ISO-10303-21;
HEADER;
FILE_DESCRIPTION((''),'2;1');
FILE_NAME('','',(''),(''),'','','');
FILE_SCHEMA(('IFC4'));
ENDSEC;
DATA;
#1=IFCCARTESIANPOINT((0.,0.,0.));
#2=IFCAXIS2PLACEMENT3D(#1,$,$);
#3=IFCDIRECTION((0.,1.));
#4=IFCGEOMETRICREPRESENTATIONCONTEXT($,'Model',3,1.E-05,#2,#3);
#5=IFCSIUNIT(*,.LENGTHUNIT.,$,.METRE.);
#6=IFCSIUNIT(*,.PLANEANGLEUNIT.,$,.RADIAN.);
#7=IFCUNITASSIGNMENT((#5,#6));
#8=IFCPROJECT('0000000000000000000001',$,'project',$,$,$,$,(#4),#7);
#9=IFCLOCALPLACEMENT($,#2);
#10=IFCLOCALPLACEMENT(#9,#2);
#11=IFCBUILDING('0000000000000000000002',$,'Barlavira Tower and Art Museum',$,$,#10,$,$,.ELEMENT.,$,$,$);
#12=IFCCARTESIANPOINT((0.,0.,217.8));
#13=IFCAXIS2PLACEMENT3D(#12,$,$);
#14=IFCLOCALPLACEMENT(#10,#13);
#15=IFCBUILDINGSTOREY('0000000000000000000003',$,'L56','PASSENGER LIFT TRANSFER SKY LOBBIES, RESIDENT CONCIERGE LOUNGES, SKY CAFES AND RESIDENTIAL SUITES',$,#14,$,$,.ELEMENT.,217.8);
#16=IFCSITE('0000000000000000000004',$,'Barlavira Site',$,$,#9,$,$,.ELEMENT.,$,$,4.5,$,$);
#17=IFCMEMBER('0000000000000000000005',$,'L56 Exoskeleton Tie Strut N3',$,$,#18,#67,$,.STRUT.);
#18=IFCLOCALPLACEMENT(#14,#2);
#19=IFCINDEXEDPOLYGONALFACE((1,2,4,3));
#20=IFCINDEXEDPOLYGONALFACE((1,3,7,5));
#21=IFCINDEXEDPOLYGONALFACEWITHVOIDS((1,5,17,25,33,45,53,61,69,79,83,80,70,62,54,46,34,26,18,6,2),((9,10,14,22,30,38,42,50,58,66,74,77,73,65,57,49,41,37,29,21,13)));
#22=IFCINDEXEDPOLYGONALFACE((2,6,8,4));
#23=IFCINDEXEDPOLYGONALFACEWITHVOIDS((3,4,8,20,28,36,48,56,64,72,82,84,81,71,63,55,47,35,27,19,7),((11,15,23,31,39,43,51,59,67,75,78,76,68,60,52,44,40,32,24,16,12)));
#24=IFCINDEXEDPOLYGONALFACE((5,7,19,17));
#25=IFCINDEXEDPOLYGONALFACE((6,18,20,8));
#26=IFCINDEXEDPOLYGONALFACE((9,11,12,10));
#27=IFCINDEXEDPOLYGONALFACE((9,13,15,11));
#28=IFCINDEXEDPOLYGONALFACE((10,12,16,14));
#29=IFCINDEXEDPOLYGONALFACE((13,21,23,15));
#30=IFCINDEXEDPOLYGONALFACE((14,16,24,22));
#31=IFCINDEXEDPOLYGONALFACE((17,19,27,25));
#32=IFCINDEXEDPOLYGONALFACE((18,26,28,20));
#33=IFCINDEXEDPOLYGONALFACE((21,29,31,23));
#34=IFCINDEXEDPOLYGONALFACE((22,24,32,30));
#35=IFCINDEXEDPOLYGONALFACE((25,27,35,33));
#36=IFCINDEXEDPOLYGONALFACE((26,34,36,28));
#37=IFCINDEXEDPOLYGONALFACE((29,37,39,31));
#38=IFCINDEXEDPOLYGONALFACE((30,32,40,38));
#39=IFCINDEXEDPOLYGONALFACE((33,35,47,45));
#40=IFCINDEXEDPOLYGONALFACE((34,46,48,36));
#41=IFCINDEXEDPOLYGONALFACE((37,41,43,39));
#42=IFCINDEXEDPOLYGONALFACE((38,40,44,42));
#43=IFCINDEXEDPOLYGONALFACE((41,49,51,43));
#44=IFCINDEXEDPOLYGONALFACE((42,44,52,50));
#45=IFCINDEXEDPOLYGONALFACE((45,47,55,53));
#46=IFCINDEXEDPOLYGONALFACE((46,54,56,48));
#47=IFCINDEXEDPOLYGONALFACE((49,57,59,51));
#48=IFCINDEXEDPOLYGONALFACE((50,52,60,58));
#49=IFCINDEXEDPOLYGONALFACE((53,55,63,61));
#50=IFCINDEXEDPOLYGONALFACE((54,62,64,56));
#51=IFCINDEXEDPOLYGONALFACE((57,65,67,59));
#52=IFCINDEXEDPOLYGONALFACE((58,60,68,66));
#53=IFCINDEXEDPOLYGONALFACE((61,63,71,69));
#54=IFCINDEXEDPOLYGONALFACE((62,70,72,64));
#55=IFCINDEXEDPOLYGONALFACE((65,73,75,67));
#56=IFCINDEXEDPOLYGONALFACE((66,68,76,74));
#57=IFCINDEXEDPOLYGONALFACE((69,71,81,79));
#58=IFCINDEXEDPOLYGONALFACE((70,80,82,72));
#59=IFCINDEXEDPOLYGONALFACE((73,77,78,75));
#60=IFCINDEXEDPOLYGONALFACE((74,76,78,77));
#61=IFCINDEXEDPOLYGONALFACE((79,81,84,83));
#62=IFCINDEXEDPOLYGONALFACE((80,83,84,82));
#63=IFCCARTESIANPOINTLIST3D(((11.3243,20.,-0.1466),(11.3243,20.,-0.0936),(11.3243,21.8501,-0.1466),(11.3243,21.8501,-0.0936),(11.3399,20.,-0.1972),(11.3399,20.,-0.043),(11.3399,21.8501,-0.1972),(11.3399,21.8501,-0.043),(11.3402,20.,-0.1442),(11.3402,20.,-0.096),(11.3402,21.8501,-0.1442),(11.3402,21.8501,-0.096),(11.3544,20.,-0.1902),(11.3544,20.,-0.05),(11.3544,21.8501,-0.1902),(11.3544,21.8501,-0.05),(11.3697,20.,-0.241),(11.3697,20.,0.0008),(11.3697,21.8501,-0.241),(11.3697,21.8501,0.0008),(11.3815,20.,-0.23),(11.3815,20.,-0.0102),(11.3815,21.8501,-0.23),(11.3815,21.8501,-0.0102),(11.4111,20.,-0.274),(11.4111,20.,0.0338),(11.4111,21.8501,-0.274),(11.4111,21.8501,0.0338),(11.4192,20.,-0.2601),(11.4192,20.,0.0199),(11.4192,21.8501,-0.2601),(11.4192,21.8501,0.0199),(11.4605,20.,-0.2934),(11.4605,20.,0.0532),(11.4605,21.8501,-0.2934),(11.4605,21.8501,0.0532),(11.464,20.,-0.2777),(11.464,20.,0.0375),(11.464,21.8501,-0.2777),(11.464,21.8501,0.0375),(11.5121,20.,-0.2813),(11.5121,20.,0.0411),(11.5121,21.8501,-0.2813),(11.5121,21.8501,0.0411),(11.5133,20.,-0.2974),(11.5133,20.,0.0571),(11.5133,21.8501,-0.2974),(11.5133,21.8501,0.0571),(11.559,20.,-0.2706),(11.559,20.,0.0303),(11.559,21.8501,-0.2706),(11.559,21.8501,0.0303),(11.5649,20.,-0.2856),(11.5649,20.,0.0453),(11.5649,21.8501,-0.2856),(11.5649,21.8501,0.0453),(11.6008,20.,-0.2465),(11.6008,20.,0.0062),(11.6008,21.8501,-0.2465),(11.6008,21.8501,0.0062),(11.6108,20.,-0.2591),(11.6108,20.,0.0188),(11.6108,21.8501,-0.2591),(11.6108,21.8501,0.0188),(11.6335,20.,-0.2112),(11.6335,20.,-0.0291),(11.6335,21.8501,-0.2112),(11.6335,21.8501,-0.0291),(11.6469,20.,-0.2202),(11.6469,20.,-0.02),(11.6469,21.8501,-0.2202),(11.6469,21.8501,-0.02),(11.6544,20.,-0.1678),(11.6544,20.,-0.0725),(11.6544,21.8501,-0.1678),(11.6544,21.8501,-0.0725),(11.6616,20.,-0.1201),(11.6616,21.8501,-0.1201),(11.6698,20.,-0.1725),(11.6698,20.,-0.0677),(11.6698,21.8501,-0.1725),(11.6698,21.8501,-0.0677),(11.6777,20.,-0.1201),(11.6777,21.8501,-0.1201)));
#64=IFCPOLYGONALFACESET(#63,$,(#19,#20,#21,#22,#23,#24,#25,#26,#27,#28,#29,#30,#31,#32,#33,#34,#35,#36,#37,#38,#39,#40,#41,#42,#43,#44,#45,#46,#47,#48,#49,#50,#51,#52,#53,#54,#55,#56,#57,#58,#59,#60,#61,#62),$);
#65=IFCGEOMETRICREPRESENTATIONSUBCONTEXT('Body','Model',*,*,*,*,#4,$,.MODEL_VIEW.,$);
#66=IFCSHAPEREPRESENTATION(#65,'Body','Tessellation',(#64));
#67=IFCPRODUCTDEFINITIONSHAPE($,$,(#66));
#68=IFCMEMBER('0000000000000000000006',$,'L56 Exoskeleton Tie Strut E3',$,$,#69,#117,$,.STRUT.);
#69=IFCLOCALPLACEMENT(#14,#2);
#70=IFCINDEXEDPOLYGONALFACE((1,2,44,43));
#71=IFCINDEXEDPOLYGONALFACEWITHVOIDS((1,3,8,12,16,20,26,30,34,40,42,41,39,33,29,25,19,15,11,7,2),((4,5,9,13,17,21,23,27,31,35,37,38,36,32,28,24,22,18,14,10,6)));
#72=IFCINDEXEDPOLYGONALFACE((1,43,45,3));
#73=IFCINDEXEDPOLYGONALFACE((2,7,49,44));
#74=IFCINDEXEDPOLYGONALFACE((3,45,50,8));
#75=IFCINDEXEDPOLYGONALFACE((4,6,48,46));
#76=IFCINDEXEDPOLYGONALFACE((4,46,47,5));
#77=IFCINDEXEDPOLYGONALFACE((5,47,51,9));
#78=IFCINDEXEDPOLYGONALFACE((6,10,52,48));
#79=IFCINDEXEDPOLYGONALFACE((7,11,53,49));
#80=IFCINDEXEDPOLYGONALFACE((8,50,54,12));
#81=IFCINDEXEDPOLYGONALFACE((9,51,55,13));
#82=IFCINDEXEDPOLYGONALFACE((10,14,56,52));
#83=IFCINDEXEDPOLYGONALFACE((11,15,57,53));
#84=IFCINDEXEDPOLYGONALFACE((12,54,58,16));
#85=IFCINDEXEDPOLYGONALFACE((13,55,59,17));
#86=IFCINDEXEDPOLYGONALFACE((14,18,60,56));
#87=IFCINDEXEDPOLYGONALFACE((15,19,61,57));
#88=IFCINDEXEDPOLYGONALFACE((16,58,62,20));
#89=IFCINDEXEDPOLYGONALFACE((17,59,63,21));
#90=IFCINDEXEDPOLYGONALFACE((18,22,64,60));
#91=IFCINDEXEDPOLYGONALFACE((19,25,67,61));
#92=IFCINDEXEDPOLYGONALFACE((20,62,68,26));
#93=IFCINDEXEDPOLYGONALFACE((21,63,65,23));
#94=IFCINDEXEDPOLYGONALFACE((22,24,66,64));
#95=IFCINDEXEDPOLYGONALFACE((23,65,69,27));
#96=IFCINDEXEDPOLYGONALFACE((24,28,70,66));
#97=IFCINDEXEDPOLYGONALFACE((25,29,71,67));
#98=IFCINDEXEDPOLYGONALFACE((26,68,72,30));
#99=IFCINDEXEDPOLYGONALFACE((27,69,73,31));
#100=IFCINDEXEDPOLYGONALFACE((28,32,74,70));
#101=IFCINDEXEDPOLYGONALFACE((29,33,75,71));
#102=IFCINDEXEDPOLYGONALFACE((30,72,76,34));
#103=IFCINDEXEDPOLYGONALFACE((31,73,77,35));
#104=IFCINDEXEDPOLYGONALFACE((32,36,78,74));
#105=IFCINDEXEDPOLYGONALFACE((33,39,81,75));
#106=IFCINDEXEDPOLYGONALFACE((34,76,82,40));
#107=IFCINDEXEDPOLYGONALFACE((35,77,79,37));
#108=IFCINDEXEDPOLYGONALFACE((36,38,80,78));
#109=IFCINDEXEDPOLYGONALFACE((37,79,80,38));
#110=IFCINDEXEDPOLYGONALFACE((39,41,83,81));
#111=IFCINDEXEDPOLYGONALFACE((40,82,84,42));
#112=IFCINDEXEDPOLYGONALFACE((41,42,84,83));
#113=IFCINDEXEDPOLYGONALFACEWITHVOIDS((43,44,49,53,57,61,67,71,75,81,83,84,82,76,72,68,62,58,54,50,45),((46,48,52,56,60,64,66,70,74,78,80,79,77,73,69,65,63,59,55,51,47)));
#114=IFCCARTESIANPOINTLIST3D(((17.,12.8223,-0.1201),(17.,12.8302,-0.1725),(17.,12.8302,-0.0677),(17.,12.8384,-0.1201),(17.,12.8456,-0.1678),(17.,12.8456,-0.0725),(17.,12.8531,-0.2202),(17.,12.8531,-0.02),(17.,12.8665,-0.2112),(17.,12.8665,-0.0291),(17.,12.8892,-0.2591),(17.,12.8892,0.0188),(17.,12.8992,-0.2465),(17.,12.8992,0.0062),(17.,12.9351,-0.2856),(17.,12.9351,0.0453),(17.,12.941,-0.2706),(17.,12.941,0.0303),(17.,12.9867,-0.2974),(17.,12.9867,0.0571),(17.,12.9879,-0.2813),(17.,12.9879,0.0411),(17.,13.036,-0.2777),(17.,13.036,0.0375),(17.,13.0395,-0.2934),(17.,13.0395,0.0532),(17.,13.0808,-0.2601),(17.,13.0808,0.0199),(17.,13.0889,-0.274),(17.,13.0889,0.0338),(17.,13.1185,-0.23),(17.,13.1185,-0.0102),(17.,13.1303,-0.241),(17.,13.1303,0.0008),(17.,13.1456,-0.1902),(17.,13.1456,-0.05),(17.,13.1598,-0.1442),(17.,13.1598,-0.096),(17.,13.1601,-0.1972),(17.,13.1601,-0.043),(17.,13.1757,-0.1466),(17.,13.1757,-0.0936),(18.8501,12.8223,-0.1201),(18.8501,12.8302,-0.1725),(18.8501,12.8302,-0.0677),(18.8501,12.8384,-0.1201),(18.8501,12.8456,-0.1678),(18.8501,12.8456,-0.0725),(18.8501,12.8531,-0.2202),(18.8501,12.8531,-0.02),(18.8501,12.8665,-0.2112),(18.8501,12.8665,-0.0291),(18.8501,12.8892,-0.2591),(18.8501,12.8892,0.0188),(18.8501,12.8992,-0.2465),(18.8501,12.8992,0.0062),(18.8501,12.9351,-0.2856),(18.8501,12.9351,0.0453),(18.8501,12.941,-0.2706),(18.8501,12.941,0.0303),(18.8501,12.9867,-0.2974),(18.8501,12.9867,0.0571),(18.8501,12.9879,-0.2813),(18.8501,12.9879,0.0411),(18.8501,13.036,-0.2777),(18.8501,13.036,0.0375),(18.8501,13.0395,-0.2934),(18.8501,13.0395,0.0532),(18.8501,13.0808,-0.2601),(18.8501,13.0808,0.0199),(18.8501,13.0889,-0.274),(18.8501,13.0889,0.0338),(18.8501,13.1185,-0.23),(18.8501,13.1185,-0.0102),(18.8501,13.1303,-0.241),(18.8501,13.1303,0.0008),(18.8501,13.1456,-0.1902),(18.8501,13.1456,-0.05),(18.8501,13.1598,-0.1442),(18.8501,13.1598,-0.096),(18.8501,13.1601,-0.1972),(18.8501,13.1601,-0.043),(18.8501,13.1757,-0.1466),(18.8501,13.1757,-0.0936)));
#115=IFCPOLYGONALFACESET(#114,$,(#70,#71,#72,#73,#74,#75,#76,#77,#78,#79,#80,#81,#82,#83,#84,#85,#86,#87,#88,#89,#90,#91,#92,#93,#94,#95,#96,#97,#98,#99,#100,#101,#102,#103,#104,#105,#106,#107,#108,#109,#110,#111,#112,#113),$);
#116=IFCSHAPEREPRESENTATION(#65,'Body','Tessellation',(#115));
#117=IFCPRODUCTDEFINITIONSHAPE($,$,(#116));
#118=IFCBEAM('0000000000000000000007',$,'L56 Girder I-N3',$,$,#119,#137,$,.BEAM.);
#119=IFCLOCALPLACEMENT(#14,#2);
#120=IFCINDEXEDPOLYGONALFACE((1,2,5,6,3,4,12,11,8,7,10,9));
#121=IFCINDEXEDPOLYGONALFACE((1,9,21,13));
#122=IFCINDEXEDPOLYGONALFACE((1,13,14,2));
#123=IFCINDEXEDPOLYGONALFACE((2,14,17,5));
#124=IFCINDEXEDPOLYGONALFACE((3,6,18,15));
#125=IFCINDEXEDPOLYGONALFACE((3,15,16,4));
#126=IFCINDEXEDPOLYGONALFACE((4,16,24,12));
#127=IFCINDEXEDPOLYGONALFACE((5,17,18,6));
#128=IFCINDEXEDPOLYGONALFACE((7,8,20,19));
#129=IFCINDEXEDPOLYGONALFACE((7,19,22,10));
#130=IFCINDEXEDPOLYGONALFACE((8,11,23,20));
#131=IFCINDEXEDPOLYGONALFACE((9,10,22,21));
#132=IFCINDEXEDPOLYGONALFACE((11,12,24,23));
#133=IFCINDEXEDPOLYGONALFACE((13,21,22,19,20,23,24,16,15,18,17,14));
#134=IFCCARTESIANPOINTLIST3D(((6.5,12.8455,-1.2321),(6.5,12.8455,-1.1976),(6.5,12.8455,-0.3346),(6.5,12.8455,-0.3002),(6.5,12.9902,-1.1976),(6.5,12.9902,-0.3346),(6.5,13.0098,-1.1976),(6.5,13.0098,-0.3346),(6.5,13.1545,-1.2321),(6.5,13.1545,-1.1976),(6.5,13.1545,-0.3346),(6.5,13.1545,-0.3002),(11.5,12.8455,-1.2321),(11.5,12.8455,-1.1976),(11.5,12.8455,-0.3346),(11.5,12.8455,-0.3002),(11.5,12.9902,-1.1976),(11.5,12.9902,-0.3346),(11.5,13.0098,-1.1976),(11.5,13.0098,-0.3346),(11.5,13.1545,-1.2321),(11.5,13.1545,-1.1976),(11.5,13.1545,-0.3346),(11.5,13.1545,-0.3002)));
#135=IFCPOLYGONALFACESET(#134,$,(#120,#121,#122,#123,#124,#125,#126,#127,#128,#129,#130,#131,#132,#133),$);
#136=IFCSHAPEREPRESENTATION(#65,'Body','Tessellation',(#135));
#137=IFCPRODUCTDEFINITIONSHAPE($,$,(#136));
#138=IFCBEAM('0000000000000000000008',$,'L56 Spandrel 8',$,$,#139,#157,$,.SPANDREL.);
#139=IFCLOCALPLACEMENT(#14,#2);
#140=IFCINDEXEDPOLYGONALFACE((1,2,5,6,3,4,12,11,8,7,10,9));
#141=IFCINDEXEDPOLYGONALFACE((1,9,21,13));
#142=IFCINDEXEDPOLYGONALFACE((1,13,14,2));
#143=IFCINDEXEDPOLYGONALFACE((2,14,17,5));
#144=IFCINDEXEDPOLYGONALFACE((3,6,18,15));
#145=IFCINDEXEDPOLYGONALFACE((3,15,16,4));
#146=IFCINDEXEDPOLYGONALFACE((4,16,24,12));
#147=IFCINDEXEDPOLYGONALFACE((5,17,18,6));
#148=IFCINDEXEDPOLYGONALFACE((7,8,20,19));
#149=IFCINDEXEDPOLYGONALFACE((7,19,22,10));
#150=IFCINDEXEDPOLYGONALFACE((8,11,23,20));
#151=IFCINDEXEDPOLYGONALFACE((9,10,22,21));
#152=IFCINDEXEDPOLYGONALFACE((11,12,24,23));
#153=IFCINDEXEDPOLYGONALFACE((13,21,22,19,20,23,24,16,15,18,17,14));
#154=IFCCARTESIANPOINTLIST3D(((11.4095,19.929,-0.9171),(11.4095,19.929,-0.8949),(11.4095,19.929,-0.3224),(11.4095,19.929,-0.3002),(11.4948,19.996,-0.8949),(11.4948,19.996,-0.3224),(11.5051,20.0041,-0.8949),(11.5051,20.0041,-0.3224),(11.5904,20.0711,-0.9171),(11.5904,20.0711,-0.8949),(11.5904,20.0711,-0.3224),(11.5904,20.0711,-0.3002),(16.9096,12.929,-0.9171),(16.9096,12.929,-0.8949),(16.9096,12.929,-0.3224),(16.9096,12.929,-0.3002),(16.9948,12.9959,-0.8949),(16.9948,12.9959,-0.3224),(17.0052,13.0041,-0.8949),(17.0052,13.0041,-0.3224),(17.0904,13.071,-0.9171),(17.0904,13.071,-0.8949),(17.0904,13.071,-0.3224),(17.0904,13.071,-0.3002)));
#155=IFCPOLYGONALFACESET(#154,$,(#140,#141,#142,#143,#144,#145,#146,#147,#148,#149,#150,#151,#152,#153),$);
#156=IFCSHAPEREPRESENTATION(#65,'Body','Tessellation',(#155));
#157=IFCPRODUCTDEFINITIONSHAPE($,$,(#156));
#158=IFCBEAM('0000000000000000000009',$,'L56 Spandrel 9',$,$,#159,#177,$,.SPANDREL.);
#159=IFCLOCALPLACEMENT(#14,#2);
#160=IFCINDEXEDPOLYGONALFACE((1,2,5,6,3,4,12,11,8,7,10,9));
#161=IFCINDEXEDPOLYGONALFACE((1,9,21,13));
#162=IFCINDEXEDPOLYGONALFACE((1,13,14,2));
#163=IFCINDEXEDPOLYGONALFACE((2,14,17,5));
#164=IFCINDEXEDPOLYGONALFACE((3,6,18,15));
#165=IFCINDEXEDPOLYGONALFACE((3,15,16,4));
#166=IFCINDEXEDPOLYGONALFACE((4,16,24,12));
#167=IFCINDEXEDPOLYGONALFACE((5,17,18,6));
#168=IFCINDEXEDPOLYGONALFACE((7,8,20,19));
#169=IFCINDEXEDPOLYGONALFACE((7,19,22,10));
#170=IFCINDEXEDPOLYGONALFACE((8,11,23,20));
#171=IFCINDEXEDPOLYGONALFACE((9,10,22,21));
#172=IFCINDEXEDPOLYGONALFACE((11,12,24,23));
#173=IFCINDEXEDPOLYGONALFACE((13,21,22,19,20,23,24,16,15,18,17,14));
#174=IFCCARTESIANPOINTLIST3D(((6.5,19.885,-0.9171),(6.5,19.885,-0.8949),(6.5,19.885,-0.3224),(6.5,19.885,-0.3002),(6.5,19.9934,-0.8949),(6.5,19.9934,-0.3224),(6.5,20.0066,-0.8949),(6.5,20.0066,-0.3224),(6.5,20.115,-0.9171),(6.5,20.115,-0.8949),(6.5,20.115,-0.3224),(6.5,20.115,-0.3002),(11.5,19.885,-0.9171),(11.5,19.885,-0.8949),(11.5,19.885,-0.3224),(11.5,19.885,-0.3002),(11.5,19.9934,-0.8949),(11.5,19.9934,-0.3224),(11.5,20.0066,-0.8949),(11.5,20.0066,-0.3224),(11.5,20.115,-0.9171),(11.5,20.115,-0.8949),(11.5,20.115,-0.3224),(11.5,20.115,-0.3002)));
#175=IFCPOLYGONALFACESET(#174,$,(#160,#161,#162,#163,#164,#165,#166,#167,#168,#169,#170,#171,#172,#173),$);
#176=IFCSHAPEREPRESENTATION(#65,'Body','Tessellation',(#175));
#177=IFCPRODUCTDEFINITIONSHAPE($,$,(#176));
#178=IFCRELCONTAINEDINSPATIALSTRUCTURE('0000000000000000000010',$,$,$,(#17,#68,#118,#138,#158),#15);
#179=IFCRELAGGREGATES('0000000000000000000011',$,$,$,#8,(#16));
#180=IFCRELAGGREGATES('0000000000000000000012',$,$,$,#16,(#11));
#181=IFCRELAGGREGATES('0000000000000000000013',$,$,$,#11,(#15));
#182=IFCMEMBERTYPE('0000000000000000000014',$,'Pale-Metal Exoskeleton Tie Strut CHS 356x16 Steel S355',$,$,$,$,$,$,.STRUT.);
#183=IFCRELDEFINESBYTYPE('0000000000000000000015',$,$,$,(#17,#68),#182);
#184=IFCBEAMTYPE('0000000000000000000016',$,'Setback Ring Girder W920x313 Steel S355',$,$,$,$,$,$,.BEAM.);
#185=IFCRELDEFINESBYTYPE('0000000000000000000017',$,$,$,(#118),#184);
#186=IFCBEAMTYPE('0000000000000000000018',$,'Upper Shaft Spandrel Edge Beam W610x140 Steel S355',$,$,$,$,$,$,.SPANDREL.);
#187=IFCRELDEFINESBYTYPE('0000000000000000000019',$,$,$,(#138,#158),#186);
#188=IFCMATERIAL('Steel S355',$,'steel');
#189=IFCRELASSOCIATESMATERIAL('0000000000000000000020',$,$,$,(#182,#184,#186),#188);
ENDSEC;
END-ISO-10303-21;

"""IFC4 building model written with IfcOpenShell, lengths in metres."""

from ifc_helpers import new_model, si_unit, direction, frame, origin, origin_2d, place, context, subcontext, project, spatial, hollow_circle, i_section, extrude, material, material_profile, profile_set, type_object, element, save


model = new_model("IFC4")

# Units and contexts
model_context = context("Model", 3, precision=1e-05, world=origin(), true_north=direction((0.0, 1.0)))
body_context = subcontext(model_context, "Body", "Model", "MODEL_VIEW")
ifc_project = project(units=[si_unit("LENGTHUNIT", "METRE"), si_unit("PLANEANGLEUNIT", "RADIAN")], contexts=[model_context])

# Site, building, storey
site_placement = place(None, origin())
site = spatial("IfcSite", under=ifc_project, at=site_placement, Name="Barlavira Site", CompositionType="ELEMENT", RefElevation=4.5)
building_placement = place(site_placement, origin())
building = spatial("IfcBuilding", under=site, at=building_placement, Name="Barlavira Tower and Art Museum", CompositionType="ELEMENT")
storey_placement = place(building_placement, frame((0.0, 0.0, 217.8)))
storey = spatial("IfcBuildingStorey", under=building, at=storey_placement, Name="L56", Description="PASSENGER LIFT TRANSFER SKY LOBBIES, RESIDENT CONCIERGE LOUNGES, SKY CAFES AND RESIDENTIAL SUITES", CompositionType="ELEMENT", Elevation=217.8)

# Members
ifc_material_1 = material(Name="Steel S355", Category="steel")
ifc_material_profile_1 = material_profile(ifc_material_1, hollow_circle(Radius=0.1777, WallThickness=0.0161, at=origin_2d()), Name="CHS 355.6x16.0")
ifc_profile_set_1 = profile_set([ifc_material_profile_1], Name="Steel S355")
member_type_1 = type_object("IfcMemberType", Name="Pale-Metal Exoskeleton Tie Strut CHS 356x16 Steel S355", PredefinedType="STRUT", material=ifc_profile_set_1)
for number, where, z_axis, x_axis, name in (
    (1, (11.5, 21.8501, -0.1201), (0.0, -1.0, 0.0), (1.0, 0.0, 0.0), "L56 Exoskeleton Tie Strut N3"),
    (2, (18.8501, 13.0, -0.1201), (-1.0, 0.0, 0.0), (0.0, -1.0, 0.0), "L56 Exoskeleton Tie Strut E3"),
):
    element("IfcMember", number, at=place(storey_placement, frame(where, z_axis=z_axis, x_axis=x_axis)), inside=storey, type_object=member_type_1, Name=name, PredefinedType="STRUT", context=body_context, shape_type="SweptSolid", body=[
        extrude(hollow_circle(Radius=0.1777, WallThickness=0.0161, at=origin_2d()), origin(), (0.0, 0.0, 1.0), 1.8501),
    ])

# Beams
ifc_material_profile_2 = material_profile(ifc_material_1, i_section(OverallWidth=0.3091, OverallDepth=0.9319, WebThickness=0.0195, FlangeThickness=0.0344, at=origin_2d()), Name="W920x313.0")
ifc_profile_set_2 = profile_set([ifc_material_profile_2], Name="Steel S355")
beam_type_1 = type_object("IfcBeamType", Name="Setback Ring Girder W920x313 Steel S355", PredefinedType="BEAM", material=ifc_profile_set_2)
beam_1_placement = place(storey_placement, frame((6.5, 13.0, -0.7661), z_axis=(1.0, 0.0, 0.0), x_axis=(0.0, 1.0, 0.0)))
element("IfcBeam", 3, at=beam_1_placement, inside=storey, type_object=beam_type_1, Name="L56 Girder I-N3", PredefinedType="BEAM", context=body_context, shape_type="SweptSolid", body=[
    extrude(i_section(OverallWidth=0.3091, OverallDepth=0.9319, WebThickness=0.0195, FlangeThickness=0.0344, at=origin_2d()), origin(), (0.0, 0.0, 1.0), 5.0),
])
ifc_material_profile_3 = material_profile(ifc_material_1, i_section(OverallWidth=0.23, OverallDepth=0.6169, WebThickness=0.0132, FlangeThickness=0.0222, at=origin_2d()), Name="W610x140.0")
ifc_profile_set_3 = profile_set([ifc_material_profile_3], Name="Steel S355")
beam_type_2 = type_object("IfcBeamType", Name="Upper Shaft Spandrel Edge Beam W610x140 Steel S355", PredefinedType="SPANDREL", material=ifc_profile_set_3)
beam_2_placement = place(storey_placement, frame((17.0, 13.0, -0.6086), z_axis=(-0.617822, 0.786318, 0.0), x_axis=(-0.786318, -0.617822, 0.0)))
element("IfcBeam", 4, at=beam_2_placement, inside=storey, type_object=beam_type_2, Name="L56 Spandrel 8", PredefinedType="SPANDREL", context=body_context, shape_type="SweptSolid", body=[
    extrude(i_section(OverallWidth=0.23, OverallDepth=0.6169, WebThickness=0.0132, FlangeThickness=0.0222, at=origin_2d()), origin(), (0.0, 0.0, 1.0), 8.9023),
])
beam_3_placement = place(storey_placement, frame((6.5, 20.0, -0.6086), z_axis=(1.0, 0.0, 0.0), x_axis=(0.0, 1.0, 0.0)))
element("IfcBeam", 5, at=beam_3_placement, inside=storey, type_object=beam_type_2, Name="L56 Spandrel 9", PredefinedType="SPANDREL", context=body_context, shape_type="SweptSolid", body=[
    extrude(i_section(OverallWidth=0.23, OverallDepth=0.6169, WebThickness=0.0132, FlangeThickness=0.0222, at=origin_2d()), origin(), (0.0, 0.0, 1.0), 5.0),
])

save(model, "model.ifc")
